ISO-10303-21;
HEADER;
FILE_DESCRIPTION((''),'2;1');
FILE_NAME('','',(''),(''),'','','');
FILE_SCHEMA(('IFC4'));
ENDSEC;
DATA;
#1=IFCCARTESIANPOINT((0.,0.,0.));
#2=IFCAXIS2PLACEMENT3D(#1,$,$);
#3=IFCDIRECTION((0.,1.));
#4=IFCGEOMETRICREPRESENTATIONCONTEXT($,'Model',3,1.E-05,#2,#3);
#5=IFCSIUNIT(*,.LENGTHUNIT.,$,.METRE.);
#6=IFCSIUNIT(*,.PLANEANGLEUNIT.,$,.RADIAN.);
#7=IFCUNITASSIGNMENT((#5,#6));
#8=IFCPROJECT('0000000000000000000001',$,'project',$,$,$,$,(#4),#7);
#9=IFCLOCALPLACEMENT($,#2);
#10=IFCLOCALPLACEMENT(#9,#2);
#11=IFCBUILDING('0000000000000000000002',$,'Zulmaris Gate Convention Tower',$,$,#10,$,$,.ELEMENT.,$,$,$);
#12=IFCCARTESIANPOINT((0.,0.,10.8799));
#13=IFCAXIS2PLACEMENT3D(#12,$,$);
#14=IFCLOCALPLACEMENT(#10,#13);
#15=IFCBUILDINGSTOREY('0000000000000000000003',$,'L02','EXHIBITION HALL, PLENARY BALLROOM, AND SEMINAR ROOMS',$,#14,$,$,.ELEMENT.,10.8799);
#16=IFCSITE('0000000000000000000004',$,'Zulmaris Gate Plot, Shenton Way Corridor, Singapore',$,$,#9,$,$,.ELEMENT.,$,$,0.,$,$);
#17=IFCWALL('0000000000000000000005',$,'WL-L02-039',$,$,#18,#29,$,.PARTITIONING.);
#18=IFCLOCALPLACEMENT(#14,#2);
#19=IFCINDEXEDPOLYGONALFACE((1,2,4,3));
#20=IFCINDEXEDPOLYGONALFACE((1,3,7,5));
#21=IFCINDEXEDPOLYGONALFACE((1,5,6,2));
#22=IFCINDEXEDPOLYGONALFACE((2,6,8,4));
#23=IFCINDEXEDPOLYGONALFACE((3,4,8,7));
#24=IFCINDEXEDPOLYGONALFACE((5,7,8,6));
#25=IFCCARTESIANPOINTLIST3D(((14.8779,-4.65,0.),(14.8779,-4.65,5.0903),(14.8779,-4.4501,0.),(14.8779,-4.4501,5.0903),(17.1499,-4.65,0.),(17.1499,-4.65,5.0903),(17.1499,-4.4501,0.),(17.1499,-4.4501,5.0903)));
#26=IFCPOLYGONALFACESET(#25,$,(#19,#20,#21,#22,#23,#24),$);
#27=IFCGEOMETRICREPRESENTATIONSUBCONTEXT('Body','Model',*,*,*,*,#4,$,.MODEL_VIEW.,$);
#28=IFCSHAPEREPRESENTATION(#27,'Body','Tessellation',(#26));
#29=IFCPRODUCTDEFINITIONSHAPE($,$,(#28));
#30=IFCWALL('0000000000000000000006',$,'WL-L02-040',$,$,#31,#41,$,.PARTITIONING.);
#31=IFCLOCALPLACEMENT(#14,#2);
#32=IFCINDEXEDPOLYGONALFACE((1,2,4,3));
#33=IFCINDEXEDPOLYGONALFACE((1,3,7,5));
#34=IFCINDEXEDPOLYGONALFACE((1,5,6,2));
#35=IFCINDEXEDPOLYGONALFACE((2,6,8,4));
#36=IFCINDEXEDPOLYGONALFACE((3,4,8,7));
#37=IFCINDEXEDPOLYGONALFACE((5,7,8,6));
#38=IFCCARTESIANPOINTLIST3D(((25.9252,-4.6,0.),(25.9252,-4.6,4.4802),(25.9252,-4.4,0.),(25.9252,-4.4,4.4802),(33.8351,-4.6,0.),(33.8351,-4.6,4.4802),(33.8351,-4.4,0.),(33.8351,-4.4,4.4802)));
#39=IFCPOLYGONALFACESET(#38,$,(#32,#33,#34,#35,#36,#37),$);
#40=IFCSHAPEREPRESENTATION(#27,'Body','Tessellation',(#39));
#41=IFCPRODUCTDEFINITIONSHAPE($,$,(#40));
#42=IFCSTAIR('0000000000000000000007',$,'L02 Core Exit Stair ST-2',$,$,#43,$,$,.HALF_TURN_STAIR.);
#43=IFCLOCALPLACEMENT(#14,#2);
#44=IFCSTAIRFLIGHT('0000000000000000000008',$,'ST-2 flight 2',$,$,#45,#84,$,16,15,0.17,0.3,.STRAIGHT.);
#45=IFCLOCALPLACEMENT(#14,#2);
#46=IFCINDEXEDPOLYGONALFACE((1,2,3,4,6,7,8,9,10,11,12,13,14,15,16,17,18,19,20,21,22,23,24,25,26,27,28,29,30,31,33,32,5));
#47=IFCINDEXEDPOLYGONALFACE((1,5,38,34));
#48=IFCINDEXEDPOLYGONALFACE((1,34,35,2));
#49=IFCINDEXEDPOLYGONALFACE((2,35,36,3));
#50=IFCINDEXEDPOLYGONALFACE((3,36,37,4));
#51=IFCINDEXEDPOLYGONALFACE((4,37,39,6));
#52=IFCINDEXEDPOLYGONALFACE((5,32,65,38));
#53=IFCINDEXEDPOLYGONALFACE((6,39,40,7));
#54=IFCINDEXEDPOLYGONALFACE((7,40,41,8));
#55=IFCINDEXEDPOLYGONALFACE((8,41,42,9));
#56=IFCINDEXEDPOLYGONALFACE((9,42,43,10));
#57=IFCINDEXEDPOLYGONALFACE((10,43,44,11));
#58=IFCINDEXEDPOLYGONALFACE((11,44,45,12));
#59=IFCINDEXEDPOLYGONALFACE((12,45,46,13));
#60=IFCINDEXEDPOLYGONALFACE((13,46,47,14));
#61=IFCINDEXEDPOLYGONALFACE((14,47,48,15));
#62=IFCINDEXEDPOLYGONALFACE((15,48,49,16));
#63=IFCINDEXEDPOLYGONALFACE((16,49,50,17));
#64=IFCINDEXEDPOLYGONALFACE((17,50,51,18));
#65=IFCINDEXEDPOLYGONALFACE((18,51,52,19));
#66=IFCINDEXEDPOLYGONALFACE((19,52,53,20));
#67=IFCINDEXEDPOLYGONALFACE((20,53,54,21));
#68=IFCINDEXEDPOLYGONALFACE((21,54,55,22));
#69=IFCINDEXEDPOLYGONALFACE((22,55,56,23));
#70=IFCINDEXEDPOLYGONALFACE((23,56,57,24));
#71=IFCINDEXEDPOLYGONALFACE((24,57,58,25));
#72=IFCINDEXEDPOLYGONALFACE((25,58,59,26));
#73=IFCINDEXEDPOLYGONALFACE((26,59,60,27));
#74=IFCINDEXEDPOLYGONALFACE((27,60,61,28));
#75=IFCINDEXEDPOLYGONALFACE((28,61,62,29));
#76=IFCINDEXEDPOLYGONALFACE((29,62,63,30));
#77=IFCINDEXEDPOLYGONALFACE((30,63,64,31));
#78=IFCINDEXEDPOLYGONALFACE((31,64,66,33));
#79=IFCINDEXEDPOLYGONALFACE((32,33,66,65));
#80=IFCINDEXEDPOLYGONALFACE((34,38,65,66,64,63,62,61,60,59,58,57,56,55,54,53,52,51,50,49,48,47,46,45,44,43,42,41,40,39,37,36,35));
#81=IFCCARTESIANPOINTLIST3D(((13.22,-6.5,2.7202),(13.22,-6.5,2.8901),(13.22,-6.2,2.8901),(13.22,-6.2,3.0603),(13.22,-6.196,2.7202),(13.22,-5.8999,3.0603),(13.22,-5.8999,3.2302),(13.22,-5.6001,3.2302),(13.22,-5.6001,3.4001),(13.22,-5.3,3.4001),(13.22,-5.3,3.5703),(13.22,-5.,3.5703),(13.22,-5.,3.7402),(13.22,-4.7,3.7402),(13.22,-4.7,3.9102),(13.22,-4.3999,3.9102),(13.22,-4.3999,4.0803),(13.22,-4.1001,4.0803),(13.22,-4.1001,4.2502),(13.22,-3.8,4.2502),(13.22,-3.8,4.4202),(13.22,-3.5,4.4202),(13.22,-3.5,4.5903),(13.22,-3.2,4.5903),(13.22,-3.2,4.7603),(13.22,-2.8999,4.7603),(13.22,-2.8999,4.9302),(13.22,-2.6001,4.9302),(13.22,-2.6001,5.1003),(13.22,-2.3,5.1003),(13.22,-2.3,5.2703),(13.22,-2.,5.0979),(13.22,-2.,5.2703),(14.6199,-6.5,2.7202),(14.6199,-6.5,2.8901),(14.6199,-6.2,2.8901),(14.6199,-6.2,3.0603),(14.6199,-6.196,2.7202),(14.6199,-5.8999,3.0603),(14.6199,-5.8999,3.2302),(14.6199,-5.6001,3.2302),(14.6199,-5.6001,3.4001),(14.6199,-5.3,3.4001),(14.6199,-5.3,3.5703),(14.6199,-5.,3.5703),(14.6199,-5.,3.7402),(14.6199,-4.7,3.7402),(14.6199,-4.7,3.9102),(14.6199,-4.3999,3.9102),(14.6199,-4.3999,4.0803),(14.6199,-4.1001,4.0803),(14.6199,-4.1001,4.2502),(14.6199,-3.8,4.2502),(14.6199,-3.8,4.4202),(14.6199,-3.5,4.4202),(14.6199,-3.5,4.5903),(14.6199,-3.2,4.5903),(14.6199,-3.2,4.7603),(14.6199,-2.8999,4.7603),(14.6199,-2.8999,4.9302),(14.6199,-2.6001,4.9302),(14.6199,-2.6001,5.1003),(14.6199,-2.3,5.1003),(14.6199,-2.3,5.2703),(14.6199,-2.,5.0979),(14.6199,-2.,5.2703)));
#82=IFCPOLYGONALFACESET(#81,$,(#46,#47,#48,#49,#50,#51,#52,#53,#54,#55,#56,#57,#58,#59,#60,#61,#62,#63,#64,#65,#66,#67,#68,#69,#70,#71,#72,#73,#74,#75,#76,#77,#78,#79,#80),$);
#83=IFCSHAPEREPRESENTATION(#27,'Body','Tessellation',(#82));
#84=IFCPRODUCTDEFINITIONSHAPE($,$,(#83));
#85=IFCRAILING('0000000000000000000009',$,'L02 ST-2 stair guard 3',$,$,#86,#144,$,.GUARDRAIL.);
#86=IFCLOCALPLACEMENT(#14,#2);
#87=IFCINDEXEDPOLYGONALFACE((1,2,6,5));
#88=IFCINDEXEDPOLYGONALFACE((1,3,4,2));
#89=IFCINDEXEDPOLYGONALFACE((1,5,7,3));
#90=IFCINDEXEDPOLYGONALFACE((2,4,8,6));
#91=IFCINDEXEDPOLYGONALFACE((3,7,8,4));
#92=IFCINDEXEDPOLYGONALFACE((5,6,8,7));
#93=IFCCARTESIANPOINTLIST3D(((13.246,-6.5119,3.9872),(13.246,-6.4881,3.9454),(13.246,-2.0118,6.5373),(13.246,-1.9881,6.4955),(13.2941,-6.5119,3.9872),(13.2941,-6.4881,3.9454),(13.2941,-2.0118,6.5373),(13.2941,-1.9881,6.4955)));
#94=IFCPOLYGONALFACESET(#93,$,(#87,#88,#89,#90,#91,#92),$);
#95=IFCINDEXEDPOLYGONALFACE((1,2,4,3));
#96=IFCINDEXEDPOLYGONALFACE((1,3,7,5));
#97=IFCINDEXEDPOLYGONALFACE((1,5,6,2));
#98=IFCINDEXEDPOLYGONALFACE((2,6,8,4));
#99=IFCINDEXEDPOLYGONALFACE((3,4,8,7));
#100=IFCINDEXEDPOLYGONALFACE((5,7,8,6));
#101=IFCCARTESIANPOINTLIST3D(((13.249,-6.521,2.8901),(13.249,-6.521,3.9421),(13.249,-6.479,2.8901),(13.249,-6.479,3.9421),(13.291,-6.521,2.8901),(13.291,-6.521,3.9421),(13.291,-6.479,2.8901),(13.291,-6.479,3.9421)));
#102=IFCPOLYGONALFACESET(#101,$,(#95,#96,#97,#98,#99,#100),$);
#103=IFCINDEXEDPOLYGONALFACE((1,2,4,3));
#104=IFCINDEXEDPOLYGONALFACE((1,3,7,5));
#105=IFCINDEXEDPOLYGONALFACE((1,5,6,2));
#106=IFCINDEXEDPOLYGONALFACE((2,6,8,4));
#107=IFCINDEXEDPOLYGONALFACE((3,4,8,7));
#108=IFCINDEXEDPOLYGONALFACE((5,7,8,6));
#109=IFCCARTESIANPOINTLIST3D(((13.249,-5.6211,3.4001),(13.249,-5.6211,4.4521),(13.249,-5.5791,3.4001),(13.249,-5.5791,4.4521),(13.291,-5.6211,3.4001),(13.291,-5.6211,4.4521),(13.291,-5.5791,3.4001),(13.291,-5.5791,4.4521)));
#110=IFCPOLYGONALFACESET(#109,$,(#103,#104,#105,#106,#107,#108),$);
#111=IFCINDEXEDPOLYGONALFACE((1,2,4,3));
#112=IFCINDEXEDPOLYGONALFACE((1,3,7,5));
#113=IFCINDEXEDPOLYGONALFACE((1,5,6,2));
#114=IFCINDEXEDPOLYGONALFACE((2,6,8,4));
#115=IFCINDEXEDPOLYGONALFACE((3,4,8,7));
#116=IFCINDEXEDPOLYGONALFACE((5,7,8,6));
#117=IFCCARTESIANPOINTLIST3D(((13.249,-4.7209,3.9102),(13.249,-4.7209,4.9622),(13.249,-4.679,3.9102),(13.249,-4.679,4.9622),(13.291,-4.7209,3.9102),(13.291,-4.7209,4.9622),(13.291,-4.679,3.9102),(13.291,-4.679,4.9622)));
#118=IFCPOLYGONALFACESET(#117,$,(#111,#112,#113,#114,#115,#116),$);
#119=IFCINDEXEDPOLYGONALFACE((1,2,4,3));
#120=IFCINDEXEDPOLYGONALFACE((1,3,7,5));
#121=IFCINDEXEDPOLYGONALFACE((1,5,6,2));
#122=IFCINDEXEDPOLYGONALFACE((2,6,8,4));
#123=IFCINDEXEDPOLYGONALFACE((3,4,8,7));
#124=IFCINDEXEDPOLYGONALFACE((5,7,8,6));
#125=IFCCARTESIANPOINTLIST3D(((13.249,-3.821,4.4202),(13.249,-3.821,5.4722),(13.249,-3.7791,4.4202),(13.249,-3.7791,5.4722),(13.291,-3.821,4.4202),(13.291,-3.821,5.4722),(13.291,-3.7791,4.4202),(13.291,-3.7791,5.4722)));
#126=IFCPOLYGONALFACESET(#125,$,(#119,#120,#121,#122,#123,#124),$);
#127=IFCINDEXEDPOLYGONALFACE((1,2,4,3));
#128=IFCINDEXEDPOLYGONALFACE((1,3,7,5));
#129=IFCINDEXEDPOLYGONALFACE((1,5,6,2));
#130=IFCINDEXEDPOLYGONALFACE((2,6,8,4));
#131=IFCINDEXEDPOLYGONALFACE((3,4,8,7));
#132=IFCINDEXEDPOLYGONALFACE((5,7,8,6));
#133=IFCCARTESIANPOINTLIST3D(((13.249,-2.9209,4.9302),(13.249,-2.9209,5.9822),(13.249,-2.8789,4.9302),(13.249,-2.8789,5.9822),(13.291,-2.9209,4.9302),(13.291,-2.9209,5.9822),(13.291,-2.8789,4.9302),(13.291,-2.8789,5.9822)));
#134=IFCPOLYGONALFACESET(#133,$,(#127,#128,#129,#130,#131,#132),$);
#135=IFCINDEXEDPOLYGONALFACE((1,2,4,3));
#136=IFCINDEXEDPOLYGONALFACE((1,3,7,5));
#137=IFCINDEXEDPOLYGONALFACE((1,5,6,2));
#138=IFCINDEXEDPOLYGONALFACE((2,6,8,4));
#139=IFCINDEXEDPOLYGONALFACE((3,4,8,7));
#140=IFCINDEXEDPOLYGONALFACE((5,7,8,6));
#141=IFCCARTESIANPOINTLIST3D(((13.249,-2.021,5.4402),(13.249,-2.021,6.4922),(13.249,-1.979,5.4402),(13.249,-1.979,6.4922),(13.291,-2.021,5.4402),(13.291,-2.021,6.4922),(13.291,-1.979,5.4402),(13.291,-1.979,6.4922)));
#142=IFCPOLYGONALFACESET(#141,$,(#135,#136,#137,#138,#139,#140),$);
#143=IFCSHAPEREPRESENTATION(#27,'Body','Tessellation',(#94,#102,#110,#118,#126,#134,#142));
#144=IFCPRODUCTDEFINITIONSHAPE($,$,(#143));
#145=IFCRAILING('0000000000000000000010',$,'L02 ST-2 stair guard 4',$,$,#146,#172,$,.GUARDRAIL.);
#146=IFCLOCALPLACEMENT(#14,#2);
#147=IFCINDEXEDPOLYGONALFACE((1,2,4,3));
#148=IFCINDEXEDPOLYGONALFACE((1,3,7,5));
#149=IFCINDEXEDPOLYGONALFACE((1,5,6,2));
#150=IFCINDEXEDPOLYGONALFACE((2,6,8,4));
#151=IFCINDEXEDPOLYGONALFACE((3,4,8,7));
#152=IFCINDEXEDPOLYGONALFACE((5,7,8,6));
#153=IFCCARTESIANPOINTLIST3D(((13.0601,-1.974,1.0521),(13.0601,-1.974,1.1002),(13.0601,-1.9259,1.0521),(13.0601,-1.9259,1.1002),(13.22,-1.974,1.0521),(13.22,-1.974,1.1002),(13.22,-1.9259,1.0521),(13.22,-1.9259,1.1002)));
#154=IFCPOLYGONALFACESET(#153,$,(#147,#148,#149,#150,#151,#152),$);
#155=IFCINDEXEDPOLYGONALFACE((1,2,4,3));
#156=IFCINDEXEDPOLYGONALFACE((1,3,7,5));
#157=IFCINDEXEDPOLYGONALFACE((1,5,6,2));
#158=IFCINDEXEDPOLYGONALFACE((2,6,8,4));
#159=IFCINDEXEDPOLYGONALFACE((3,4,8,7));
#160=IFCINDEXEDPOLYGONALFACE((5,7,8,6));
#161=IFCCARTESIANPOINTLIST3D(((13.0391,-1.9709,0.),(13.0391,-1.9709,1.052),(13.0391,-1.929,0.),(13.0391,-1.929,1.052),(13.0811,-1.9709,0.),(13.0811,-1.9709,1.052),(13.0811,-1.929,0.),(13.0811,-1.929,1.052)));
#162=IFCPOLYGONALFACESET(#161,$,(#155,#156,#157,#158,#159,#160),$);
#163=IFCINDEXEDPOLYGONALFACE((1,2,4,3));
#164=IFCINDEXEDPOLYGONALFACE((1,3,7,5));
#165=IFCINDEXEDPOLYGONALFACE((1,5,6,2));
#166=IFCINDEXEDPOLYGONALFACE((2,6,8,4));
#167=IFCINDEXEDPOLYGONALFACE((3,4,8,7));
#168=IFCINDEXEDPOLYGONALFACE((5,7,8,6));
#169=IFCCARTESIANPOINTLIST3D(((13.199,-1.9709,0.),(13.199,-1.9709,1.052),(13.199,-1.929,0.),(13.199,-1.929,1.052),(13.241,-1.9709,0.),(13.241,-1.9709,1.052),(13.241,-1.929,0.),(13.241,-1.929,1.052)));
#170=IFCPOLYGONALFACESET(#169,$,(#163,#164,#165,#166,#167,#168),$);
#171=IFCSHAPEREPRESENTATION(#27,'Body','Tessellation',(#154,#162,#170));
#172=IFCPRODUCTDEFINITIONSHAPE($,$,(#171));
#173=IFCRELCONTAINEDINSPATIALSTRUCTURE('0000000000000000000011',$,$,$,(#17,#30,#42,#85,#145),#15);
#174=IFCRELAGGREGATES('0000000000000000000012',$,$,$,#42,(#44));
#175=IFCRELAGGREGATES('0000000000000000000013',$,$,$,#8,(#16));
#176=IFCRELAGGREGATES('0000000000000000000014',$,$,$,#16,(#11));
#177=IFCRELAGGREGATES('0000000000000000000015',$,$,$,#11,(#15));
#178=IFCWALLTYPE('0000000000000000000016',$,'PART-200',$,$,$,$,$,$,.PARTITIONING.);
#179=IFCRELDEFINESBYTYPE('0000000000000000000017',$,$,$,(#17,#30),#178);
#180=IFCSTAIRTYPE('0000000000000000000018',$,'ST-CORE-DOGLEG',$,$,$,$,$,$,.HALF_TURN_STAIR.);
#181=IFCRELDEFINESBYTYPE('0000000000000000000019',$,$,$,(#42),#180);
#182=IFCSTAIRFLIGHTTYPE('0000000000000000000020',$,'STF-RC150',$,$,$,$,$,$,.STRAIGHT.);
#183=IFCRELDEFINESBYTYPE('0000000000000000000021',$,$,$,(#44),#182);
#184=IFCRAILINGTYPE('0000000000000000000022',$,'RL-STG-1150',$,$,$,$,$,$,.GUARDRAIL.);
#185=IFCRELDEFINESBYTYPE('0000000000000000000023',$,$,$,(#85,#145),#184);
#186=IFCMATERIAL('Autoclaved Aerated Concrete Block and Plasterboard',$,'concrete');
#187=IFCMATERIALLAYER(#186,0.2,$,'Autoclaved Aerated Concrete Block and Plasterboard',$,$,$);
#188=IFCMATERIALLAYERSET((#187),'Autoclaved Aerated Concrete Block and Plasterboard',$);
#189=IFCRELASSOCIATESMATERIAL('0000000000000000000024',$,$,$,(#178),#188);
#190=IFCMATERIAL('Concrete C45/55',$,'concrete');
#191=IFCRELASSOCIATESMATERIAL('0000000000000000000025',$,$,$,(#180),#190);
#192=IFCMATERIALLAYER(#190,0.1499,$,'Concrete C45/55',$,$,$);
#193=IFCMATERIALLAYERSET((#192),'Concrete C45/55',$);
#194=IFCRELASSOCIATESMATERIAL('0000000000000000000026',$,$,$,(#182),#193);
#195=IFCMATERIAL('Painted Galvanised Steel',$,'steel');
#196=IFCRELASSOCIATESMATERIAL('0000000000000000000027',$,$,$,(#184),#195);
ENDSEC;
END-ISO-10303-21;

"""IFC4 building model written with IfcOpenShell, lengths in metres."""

from ifc_helpers import new_model, si_unit, direction, frame, frame_2d, origin, origin_2d, place, context, subcontext, project, spatial, polyline, rectangle, outline, extrude, material, layer, layer_set, type_object, element, aggregate, save


model = new_model("IFC4")

# Units and contexts
model_context = context("Model", 3, precision=1e-05, world=origin(), true_north=direction((0.0, 1.0)))
body_context = subcontext(model_context, "Body", "Model", "MODEL_VIEW")
ifc_project = project(units=[si_unit("LENGTHUNIT", "METRE"), si_unit("PLANEANGLEUNIT", "RADIAN")], contexts=[model_context])

# Site, building, storey
site_placement = place(None, origin())
site = spatial("IfcSite", under=ifc_project, at=site_placement, Name="Zulmaris Gate Plot, Shenton Way Corridor, Singapore", CompositionType="ELEMENT", RefElevation=0.0)
building_placement = place(site_placement, origin())
building = spatial("IfcBuilding", under=site, at=building_placement, Name="Zulmaris Gate Convention Tower", CompositionType="ELEMENT")
storey_placement = place(building_placement, frame((0.0, 0.0, 10.8799)))
storey = spatial("IfcBuildingStorey", under=building, at=storey_placement, Name="L02", Description="EXHIBITION HALL, PLENARY BALLROOM, AND SEMINAR ROOMS", CompositionType="ELEMENT", Elevation=10.8799)

# Walls
ifc_material_1 = material(Name="Autoclaved Aerated Concrete Block and Plasterboard", Category="concrete")
ifc_layer_1 = layer(ifc_material_1, 0.2, Name="Autoclaved Aerated Concrete Block and Plasterboard")
ifc_layer_set_1 = layer_set([ifc_layer_1], Name="Autoclaved Aerated Concrete Block and Plasterboard")
wall_type_1 = type_object("IfcWallType", Name="PART-200", PredefinedType="PARTITIONING", material=ifc_layer_set_1)
wall_1_placement = place(storey_placement, frame((14.8779, -4.55, 0.0), z_axis=(0.0, 0.0, 1.0), x_axis=(1.0, 0.0, 0.0)))
element("IfcWall", 1, at=wall_1_placement, inside=storey, type_object=wall_type_1, Name="WL-L02-039", PredefinedType="PARTITIONING", context=body_context, shape_type="SweptSolid", body=[
    extrude(rectangle(XDim=2.272, YDim=0.2, at=frame_2d((1.136, 0.0))), origin(), (0.0, 0.0, 1.0), 5.0903),
])
wall_2_placement = place(storey_placement, frame((25.925, -4.5, 0.0), z_axis=(0.0, 0.0, 1.0), x_axis=(1.0, 0.0, 0.0)))
element("IfcWall", 2, at=wall_2_placement, inside=storey, type_object=wall_type_1, Name="WL-L02-040", PredefinedType="PARTITIONING", context=body_context, shape_type="SweptSolid", body=[
    extrude(rectangle(XDim=7.9099, YDim=0.2, at=frame_2d((3.9551, 0.0))), origin(), (0.0, 0.0, 1.0), 4.4802),
])

# Stair, stair flight
ifc_material_2 = material(Name="Concrete C45/55", Category="concrete")
stair_type = type_object("IfcStairType", Name="ST-CORE-DOGLEG", PredefinedType="HALF_TURN_STAIR", material=ifc_material_2)
stair_placement = place(storey_placement, origin())
stair = element("IfcStair", 3, at=stair_placement, inside=storey, type_object=stair_type, Name="L02 Core Exit Stair ST-2", PredefinedType="HALF_TURN_STAIR")
ifc_layer_2 = layer(ifc_material_2, 0.1499, Name="Concrete C45/55")
ifc_layer_set_2 = layer_set([ifc_layer_2], Name="Concrete C45/55")
stair_flight_type = type_object("IfcStairFlightType", Name="STF-RC150", PredefinedType="STRAIGHT", material=ifc_layer_set_2)
stair_flight_placement = place(storey_placement, frame((13.9199, -6.5, 2.7202), z_axis=(0.0, 0.0, 1.0), x_axis=(0.0, 1.0, 0.0)))
stair_flight = element("IfcStairFlight", 4, at=stair_flight_placement, type_object=stair_flight_type, Name="ST-2 flight 2", NumberOfRisers=16, NumberOfTreads=15, PredefinedType="STRAIGHT", RiserHeight=0.17, TreadLength=0.3, context=body_context, shape_type="SweptSolid", body=[
    extrude(outline(polyline([(0.0, 0.0), (0.0, 0.1699), (0.3, 0.1699), (0.3, 0.3401), (0.6001, 0.3401), (0.6001, 0.51), (0.8999, 0.51), (0.8999, 0.6799), (1.2, 0.6799), (1.2, 0.8501), (1.5, 0.8501), (1.5, 1.02), (1.8, 1.02), (1.8, 1.1899), (2.1001, 1.1899), (2.1001, 1.3601), (2.3999, 1.3601), (2.3999, 1.53), (2.7, 1.53), (2.7, 1.7), (3.0, 1.7), (3.0, 1.8701), (3.3, 1.8701), (3.3, 2.04), (3.6001, 2.04), (3.6001, 2.21), (3.8999, 2.21), (3.8999, 2.3801), (4.2, 2.3801), (4.2, 2.55), (4.5, 2.55), (4.5, 2.7202), (4.5, 2.3777), (0.304, 0.0), (0.0, 0.0)])), frame((0.0, 0.7, 0.0), z_axis=(0.0, -1.0, 0.0), x_axis=(1.0, 0.0, 0.0)), (0.0, 0.0, 1.0), 1.3999),
])
aggregate(stair, [stair_flight])

# Railings
ifc_material_3 = material(Name="Painted Galvanised Steel", Category="steel")
railing_type_1 = type_object("IfcRailingType", Name="RL-STG-1150", PredefinedType="GUARDRAIL", material=ifc_material_3)
railing_1_placement = place(storey_placement, frame((13.27, -6.5, 2.8901)))
element("IfcRailing", 5, at=railing_1_placement, inside=storey, type_object=railing_type_1, Name="L02 ST-2 stair guard 3", PredefinedType="GUARDRAIL", context=body_context, shape_type="SweptSolid", body=[
    extrude(rectangle(XDim=0.0481, YDim=0.0481, at=origin_2d()), frame((0.0, 0.0, 1.0762), z_axis=(0.0, 0.870018, 0.49302), x_axis=(-1.0, 0.0, 0.0)), (0.0, 0.0, 1.0), 5.1724),
    extrude(rectangle(XDim=0.042, YDim=0.042, at=origin_2d()), origin(), (0.0, 0.0, 1.0), 1.052),
    extrude(rectangle(XDim=0.042, YDim=0.042, at=origin_2d()), frame((0.0, 0.8999, 0.51)), (0.0, 0.0, 1.0), 1.052),
    extrude(rectangle(XDim=0.042, YDim=0.042, at=origin_2d()), frame((0.0, 1.8, 1.02)), (0.0, 0.0, 1.0), 1.052),
    extrude(rectangle(XDim=0.042, YDim=0.042, at=origin_2d()), frame((0.0, 2.7, 1.53)), (0.0, 0.0, 1.0), 1.052),
    extrude(rectangle(XDim=0.042, YDim=0.042, at=origin_2d()), frame((0.0, 3.6001, 2.04)), (0.0, 0.0, 1.0), 1.052),
    extrude(rectangle(XDim=0.042, YDim=0.042, at=origin_2d()), frame((0.0, 4.5, 2.55)), (0.0, 0.0, 1.0), 1.052),
])
railing_2_placement = place(storey_placement, frame((13.0601, -1.95, 0.0)))
element("IfcRailing", 6, at=railing_2_placement, inside=storey, type_object=railing_type_1, Name="L02 ST-2 stair guard 4", PredefinedType="GUARDRAIL", context=body_context, shape_type="SweptSolid", body=[
    extrude(rectangle(XDim=0.0481, YDim=0.0481, at=origin_2d()), frame((0.0, 0.0, 1.0762), z_axis=(1.0, 0.0, 0.0), x_axis=(0.0, 1.0, 0.0)), (0.0, 0.0, 1.0), 0.1599),
    extrude(rectangle(XDim=0.042, YDim=0.042, at=origin_2d()), origin(), (0.0, 0.0, 1.0), 1.052),
    extrude(rectangle(XDim=0.042, YDim=0.042, at=origin_2d()), frame((0.1599, 0.0, 0.0)), (0.0, 0.0, 1.0), 1.052),
])

save(model, "model.ifc")
